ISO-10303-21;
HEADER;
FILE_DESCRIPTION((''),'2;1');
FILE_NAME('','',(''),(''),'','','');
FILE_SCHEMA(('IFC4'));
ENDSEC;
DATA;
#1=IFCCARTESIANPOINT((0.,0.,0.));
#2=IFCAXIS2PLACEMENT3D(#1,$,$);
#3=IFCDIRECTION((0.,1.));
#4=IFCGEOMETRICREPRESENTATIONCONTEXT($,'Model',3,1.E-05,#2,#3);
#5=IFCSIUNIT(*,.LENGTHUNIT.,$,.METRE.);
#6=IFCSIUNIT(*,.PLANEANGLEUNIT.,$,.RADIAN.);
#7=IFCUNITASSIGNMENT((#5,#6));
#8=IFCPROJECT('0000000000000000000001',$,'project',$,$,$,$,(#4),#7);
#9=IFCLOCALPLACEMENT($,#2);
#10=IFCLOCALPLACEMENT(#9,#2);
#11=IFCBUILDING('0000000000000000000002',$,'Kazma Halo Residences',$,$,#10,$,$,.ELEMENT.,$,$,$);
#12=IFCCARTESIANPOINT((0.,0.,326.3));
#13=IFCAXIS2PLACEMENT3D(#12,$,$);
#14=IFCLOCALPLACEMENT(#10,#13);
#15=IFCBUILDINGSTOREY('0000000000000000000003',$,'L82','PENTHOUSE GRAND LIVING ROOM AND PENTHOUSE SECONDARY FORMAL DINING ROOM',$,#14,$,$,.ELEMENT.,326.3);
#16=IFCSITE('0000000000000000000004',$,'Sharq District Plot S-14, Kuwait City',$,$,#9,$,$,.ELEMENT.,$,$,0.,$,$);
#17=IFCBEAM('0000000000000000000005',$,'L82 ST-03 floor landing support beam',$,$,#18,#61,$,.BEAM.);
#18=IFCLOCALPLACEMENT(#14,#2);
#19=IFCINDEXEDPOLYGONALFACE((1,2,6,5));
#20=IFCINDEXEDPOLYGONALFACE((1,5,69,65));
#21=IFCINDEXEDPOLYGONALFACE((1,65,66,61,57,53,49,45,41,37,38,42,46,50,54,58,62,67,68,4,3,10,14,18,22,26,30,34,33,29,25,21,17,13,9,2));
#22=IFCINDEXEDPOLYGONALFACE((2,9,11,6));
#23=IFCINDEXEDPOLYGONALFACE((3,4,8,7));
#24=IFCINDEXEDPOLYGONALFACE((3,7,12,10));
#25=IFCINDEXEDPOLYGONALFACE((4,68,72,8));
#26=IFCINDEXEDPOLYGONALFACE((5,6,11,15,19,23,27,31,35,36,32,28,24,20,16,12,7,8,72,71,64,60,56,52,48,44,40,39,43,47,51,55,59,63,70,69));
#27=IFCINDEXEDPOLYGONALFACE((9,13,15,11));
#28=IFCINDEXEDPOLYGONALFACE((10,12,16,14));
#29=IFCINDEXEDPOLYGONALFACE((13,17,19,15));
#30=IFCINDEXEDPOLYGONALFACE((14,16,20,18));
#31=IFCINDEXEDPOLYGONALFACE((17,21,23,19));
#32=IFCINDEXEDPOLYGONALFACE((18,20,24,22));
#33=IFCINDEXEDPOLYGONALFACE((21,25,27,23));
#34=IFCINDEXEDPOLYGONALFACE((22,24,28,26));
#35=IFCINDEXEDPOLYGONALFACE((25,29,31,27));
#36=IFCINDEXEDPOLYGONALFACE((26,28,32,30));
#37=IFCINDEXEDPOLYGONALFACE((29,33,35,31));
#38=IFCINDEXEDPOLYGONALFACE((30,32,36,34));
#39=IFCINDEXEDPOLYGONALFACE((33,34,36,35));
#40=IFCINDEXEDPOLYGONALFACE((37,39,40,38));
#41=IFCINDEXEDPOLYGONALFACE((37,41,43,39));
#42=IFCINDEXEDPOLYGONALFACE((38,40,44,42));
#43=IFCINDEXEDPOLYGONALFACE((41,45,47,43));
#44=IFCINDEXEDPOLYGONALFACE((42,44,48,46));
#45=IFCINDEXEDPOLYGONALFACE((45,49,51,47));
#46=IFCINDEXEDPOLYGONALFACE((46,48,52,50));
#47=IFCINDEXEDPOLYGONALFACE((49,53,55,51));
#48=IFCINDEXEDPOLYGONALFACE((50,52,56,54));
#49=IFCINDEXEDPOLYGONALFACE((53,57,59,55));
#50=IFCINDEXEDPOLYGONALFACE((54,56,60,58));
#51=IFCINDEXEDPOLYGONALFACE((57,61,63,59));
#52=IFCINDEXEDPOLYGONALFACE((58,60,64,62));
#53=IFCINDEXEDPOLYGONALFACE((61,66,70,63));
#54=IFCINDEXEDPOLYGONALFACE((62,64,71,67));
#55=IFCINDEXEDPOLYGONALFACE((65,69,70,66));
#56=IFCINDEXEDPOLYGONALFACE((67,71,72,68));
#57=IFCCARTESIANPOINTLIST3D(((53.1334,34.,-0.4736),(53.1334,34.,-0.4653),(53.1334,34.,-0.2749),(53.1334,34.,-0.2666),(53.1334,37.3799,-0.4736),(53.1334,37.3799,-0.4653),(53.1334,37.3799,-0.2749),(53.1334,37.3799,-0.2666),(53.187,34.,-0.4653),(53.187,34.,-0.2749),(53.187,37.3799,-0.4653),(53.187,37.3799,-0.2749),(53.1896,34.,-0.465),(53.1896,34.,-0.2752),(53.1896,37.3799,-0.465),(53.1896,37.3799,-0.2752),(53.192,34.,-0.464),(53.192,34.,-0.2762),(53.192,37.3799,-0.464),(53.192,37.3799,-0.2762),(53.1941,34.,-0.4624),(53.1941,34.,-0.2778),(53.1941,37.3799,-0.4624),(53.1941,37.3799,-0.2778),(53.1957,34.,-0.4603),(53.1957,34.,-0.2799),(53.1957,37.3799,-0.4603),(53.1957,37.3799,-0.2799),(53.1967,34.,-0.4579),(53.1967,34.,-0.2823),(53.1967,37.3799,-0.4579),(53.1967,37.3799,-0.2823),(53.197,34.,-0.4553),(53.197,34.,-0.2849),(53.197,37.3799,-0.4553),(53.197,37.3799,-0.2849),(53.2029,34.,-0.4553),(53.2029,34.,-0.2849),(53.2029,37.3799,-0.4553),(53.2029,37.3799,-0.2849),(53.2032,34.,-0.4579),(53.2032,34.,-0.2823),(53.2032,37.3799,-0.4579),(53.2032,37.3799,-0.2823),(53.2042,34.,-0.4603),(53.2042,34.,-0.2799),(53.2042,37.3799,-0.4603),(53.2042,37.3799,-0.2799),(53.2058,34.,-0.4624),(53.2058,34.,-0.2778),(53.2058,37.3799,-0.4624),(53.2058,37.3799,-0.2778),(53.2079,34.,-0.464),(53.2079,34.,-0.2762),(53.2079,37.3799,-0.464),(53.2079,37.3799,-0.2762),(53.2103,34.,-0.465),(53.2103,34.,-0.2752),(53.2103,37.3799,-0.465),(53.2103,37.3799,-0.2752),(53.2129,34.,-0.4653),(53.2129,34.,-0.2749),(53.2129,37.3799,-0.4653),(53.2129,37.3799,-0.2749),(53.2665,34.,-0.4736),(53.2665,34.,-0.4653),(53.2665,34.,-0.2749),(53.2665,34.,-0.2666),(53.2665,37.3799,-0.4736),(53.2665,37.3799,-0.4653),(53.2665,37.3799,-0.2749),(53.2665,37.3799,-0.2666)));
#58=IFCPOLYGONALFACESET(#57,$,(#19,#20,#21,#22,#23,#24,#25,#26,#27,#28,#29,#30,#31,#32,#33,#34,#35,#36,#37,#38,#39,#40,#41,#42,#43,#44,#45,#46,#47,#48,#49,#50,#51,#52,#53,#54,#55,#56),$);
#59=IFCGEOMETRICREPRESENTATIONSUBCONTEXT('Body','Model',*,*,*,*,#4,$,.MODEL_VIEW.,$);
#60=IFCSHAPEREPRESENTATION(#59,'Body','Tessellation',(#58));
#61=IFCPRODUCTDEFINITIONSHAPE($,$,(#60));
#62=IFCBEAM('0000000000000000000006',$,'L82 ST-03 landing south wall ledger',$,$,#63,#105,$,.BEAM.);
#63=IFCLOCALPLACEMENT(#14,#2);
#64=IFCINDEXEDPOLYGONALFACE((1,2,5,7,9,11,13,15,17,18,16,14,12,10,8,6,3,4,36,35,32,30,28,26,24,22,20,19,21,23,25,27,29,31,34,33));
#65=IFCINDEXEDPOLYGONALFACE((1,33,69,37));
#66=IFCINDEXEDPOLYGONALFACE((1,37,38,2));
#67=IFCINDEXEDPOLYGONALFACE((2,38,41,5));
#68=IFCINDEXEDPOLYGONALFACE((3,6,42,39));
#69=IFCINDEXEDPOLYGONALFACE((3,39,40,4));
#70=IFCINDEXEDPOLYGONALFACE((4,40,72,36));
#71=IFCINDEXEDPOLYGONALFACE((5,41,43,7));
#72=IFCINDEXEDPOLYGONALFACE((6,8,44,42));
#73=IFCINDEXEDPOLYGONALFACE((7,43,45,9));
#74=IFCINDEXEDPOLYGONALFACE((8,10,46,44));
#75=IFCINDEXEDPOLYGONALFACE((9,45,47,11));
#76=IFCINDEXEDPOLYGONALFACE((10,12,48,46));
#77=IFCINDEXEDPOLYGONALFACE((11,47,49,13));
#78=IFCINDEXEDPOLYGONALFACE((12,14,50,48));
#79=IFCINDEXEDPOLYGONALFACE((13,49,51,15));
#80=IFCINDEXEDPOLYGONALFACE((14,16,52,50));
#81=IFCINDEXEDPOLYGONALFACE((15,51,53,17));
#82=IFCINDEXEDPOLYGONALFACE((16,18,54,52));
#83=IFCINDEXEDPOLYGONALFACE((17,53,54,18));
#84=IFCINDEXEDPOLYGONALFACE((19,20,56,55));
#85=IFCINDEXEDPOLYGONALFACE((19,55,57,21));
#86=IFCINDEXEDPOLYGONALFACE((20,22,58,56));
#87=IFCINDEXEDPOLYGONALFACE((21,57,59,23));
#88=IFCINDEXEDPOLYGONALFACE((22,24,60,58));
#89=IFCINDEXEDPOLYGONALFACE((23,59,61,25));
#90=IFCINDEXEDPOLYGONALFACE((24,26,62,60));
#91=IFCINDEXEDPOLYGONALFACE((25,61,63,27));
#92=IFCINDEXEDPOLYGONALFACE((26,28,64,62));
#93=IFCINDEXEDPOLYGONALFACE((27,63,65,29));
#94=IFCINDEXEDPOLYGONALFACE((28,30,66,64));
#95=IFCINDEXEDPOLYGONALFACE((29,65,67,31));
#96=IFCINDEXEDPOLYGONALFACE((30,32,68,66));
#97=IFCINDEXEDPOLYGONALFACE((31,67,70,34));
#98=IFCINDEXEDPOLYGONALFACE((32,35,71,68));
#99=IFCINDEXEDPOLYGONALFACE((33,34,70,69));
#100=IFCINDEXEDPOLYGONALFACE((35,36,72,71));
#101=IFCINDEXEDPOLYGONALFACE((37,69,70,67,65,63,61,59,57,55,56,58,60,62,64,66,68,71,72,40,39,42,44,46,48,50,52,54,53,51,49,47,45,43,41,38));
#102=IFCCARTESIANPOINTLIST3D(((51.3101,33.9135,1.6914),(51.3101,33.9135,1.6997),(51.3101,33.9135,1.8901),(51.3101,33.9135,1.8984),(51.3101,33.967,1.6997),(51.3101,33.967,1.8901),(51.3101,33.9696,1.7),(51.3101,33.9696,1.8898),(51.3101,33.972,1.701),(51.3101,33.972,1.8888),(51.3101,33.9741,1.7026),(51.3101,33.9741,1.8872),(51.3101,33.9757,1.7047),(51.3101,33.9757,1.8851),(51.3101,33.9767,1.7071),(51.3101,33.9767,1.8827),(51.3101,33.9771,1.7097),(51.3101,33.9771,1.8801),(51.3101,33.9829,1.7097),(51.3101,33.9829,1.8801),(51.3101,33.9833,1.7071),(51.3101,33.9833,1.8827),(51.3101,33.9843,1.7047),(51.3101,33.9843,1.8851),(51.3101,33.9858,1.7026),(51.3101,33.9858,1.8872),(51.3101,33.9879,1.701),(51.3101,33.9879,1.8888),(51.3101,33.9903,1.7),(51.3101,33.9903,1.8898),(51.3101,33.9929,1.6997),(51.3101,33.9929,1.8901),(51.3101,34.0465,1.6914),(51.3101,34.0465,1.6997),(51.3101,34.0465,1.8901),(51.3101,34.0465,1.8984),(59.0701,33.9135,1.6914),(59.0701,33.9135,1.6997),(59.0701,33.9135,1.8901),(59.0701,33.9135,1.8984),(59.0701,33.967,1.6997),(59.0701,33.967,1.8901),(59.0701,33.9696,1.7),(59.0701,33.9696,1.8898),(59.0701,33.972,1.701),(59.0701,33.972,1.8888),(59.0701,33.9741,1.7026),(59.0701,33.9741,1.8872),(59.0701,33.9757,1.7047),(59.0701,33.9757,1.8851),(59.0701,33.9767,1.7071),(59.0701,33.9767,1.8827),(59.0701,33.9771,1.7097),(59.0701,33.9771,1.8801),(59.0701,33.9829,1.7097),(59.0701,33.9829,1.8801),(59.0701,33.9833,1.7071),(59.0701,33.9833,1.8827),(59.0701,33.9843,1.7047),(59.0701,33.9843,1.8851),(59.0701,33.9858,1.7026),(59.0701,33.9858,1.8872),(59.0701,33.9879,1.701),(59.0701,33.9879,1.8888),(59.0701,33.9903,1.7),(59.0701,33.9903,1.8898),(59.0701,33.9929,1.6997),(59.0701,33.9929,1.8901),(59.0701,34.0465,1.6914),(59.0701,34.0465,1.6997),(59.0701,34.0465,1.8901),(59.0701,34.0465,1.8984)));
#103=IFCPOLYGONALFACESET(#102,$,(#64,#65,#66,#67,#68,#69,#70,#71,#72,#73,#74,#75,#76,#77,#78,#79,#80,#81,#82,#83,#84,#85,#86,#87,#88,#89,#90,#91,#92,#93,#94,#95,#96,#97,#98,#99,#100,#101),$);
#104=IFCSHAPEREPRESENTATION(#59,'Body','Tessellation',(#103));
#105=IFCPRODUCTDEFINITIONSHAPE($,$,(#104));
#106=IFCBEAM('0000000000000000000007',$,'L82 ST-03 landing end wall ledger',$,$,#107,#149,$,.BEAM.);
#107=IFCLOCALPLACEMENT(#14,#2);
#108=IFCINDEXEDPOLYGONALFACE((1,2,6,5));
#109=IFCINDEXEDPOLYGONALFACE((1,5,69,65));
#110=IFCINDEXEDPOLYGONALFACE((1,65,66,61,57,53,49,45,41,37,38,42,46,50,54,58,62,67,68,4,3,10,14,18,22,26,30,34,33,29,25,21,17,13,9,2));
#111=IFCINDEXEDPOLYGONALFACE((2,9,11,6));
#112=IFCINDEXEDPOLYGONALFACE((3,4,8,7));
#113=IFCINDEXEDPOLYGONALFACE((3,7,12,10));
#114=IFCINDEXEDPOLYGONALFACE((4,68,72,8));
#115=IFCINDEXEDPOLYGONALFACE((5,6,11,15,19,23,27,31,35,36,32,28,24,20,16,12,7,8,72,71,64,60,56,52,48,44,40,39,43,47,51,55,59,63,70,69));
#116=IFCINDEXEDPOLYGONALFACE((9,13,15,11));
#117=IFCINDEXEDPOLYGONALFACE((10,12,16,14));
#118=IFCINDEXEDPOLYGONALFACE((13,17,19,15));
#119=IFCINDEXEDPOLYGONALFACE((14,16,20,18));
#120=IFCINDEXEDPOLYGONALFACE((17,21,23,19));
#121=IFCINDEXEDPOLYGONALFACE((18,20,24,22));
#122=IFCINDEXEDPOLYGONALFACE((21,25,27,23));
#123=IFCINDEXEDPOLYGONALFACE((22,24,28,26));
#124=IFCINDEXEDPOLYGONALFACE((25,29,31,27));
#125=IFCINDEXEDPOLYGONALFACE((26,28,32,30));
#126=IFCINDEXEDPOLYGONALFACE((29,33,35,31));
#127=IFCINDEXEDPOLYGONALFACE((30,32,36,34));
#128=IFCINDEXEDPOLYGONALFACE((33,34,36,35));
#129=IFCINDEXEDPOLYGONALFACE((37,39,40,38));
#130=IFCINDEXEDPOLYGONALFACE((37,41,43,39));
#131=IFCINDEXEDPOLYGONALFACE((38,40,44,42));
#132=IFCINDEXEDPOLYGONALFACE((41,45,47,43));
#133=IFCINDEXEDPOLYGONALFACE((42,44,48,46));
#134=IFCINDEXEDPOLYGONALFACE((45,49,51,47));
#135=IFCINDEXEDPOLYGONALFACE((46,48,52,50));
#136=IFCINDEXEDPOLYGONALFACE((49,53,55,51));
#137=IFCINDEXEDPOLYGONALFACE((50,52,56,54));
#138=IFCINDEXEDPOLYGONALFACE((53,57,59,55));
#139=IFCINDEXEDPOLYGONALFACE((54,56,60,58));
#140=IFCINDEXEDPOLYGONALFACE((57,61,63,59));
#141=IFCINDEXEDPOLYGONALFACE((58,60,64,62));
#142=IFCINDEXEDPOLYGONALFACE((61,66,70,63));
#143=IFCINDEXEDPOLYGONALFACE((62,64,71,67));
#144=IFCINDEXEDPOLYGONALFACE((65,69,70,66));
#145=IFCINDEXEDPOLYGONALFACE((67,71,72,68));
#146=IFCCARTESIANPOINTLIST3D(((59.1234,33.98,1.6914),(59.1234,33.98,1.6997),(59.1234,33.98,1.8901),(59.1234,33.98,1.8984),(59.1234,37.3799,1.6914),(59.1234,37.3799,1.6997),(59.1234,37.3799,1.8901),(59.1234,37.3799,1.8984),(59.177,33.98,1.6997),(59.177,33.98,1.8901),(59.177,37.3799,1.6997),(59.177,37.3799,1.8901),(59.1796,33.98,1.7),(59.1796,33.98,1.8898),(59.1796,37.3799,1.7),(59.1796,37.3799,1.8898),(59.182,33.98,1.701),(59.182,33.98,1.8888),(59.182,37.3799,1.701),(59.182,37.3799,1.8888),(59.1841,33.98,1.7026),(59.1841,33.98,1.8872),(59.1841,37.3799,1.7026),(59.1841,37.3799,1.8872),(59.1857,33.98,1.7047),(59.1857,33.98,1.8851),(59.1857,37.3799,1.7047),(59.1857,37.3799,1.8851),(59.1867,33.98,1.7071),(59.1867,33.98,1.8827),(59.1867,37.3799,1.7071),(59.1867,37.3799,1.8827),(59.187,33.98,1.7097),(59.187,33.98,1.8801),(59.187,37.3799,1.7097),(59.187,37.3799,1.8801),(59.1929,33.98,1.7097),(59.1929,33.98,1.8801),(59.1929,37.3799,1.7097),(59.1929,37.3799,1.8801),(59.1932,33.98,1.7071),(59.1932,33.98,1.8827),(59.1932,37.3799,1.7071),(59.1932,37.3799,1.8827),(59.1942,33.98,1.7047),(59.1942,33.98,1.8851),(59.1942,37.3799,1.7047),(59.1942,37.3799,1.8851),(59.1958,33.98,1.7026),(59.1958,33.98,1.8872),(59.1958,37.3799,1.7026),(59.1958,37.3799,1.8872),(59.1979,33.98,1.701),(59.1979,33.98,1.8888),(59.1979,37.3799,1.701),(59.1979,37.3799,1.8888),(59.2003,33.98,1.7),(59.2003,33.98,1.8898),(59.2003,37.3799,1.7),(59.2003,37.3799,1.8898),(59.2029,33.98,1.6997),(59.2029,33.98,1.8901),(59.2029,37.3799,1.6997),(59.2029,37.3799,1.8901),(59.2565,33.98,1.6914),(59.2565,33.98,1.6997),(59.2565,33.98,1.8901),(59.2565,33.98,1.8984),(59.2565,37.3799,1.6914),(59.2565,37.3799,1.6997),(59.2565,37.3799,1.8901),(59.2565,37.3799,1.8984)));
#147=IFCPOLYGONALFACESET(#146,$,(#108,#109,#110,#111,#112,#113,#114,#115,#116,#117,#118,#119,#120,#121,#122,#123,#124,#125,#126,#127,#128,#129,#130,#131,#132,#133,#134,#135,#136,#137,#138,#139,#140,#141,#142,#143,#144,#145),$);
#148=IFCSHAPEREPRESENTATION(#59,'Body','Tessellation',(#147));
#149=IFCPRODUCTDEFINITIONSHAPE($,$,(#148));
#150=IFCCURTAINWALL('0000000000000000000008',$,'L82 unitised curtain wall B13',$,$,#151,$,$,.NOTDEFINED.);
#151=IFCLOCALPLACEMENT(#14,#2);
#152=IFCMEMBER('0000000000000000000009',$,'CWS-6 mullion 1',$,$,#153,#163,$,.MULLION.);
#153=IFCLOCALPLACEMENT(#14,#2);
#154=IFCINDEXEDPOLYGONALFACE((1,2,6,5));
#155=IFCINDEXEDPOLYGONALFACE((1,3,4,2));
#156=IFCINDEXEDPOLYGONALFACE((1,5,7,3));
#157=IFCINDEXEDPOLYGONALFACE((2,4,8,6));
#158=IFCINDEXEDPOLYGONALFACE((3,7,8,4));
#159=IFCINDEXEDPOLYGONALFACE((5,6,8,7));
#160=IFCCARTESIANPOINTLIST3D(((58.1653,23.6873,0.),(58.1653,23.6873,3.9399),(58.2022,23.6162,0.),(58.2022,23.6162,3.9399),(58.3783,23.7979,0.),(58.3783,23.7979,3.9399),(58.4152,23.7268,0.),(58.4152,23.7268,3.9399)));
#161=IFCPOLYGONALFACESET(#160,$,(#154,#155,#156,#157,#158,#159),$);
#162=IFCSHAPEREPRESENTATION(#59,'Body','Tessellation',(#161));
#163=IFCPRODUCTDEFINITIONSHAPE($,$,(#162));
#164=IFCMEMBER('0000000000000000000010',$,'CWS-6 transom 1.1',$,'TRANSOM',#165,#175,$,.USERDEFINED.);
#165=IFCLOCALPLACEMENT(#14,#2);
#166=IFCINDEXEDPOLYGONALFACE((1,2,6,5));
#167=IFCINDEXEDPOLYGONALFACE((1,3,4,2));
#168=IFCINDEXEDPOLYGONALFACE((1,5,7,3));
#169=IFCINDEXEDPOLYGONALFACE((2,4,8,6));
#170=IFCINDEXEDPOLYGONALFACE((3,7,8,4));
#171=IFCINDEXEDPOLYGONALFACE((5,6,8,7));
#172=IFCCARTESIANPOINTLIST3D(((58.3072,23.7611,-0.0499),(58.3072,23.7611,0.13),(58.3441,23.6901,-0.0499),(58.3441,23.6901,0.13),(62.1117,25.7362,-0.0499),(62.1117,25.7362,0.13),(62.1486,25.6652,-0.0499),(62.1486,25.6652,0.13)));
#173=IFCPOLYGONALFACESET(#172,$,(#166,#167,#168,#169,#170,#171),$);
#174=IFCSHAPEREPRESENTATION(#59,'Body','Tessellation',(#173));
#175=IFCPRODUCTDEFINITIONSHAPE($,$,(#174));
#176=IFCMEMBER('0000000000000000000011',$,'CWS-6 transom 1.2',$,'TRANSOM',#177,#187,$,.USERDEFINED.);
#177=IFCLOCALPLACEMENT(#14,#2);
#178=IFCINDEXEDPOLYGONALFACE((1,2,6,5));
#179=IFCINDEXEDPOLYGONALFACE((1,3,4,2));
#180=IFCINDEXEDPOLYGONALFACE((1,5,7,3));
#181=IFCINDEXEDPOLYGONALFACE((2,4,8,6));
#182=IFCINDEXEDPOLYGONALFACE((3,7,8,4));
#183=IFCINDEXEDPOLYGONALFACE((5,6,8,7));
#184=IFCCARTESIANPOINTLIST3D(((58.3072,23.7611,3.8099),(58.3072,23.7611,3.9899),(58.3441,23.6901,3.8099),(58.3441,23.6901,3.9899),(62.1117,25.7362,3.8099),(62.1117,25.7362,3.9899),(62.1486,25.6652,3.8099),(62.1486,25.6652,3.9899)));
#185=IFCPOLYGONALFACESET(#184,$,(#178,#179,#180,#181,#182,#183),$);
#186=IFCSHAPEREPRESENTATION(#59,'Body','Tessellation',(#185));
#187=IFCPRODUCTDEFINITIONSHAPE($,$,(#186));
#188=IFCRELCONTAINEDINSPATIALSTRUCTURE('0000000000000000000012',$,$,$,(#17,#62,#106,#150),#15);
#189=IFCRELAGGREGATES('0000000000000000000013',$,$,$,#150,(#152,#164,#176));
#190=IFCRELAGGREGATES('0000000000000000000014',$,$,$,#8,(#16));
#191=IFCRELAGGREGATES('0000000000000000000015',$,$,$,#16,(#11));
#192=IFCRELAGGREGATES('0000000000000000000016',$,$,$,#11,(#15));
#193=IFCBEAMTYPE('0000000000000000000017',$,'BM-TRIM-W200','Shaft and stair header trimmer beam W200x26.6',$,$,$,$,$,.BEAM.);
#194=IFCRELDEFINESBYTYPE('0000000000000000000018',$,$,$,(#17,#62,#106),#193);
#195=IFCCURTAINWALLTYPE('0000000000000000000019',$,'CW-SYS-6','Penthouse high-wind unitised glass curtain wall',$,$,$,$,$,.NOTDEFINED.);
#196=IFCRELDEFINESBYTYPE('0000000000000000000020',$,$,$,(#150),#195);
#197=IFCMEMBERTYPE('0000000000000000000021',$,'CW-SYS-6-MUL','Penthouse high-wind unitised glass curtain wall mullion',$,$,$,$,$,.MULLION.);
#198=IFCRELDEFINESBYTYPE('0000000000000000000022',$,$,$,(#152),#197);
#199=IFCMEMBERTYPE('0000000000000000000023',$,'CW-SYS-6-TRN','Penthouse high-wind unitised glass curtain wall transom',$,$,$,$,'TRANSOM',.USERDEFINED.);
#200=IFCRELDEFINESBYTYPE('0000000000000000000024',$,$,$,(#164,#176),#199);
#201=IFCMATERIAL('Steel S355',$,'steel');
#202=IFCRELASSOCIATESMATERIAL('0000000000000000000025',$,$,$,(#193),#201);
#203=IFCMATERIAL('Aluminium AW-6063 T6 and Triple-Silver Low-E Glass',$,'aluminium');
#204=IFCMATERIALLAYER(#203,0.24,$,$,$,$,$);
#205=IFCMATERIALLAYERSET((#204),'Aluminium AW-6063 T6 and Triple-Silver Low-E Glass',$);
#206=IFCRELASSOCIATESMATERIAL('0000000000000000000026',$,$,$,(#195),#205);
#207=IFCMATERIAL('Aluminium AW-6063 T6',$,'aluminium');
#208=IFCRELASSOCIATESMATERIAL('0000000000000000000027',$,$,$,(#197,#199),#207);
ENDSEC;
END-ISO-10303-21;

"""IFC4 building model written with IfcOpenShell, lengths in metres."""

from ifc_helpers import new_model, si_unit, direction, frame, origin, origin_2d, place, context, subcontext, project, spatial, rectangle, i_section, extrude, material, layer, layer_set, material_profile, profile_set, type_object, element, aggregate, save


model = new_model("IFC4")

# Units and contexts
model_context = context("Model", 3, precision=1e-05, world=origin(), true_north=direction((0.0, 1.0)))
body_context = subcontext(model_context, "Body", "Model", "MODEL_VIEW")
ifc_project = project(units=[si_unit("LENGTHUNIT", "METRE"), si_unit("PLANEANGLEUNIT", "RADIAN")], contexts=[model_context])

# Site, building, storey
site_placement = place(None, origin())
site = spatial("IfcSite", under=ifc_project, at=site_placement, Name="Sharq District Plot S-14, Kuwait City", CompositionType="ELEMENT", RefElevation=0.0)
building_placement = place(site_placement, origin())
building = spatial("IfcBuilding", under=site, at=building_placement, Name="Kazma Halo Residences", CompositionType="ELEMENT")
storey_placement = place(building_placement, frame((0.0, 0.0, 326.3)))
storey = spatial("IfcBuildingStorey", under=building, at=storey_placement, Name="L82", Description="PENTHOUSE GRAND LIVING ROOM AND PENTHOUSE SECONDARY FORMAL DINING ROOM", CompositionType="ELEMENT", Elevation=326.3)

# Beams
ifc_material_1 = material(Name="Steel S355", Category="steel")
ifc_material_profile_1 = material_profile(ifc_material_1, i_section(OverallWidth=0.1331, OverallDepth=0.207, WebThickness=0.0059, FlangeThickness=0.0083, FilletRadius=0.01, at=origin_2d()), Name="W200x26.6")
ifc_profile_set_1 = profile_set([ifc_material_profile_1], Name="Steel S355")
beam_type_1 = type_object("IfcBeamType", Name="BM-TRIM-W200", Description="Shaft and stair header trimmer beam W200x26.6", PredefinedType="BEAM", material=ifc_profile_set_1)
beam_1_placement = place(storey_placement, frame((53.2, 34.0, -0.3701), z_axis=(0.0, 1.0, 0.0), x_axis=(-1.0, 0.0, 0.0)))
element("IfcBeam", 1, at=beam_1_placement, inside=storey, type_object=beam_type_1, Name="L82 ST-03 floor landing support beam", PredefinedType="BEAM", context=body_context, shape_type="SweptSolid", body=[
    extrude(i_section(OverallWidth=0.1331, OverallDepth=0.207, WebThickness=0.0059, FlangeThickness=0.0083, FilletRadius=0.01, at=origin_2d()), origin(), (0.0, 0.0, 1.0), 3.3799),
])
beam_2_placement = place(storey_placement, frame((51.3101, 33.98, 1.7949), z_axis=(1.0, 0.0, 0.0), x_axis=(0.0, 1.0, 0.0)))
element("IfcBeam", 2, at=beam_2_placement, inside=storey, type_object=beam_type_1, Name="L82 ST-03 landing south wall ledger", PredefinedType="BEAM", context=body_context, shape_type="SweptSolid", body=[
    extrude(i_section(OverallWidth=0.1331, OverallDepth=0.207, WebThickness=0.0059, FlangeThickness=0.0083, FilletRadius=0.01, at=origin_2d()), origin(), (0.0, 0.0, 1.0), 7.76),
])
beam_3_placement = place(storey_placement, frame((59.1899, 33.98, 1.7949), z_axis=(0.0, 1.0, 0.0), x_axis=(-1.0, 0.0, 0.0)))
element("IfcBeam", 3, at=beam_3_placement, inside=storey, type_object=beam_type_1, Name="L82 ST-03 landing end wall ledger", PredefinedType="BEAM", context=body_context, shape_type="SweptSolid", body=[
    extrude(i_section(OverallWidth=0.1331, OverallDepth=0.207, WebThickness=0.0059, FlangeThickness=0.0083, FilletRadius=0.01, at=origin_2d()), origin(), (0.0, 0.0, 1.0), 3.3999),
])

# Curtain wall, members
ifc_material_2 = material(Name="Aluminium AW-6063 T6 and Triple-Silver Low-E Glass", Category="aluminium")
ifc_layer_1 = layer(ifc_material_2, 0.24)
ifc_layer_set_1 = layer_set([ifc_layer_1], Name="Aluminium AW-6063 T6 and Triple-Silver Low-E Glass")
curtain_wall_type = type_object("IfcCurtainWallType", Name="CW-SYS-6", Description="Penthouse high-wind unitised glass curtain wall", PredefinedType="NOTDEFINED", material=ifc_layer_set_1)
curtain_wall_placement = place(storey_placement, origin())
curtain_wall = element("IfcCurtainWall", 4, at=curtain_wall_placement, inside=storey, type_object=curtain_wall_type, Name="L82 unitised curtain wall B13", PredefinedType="NOTDEFINED")
ifc_material_3 = material(Name="Aluminium AW-6063 T6", Category="aluminium")
ifc_material_profile_2 = material_profile(ifc_material_3, rectangle(XDim=0.0801, YDim=0.24, at=origin_2d()), Name="CWM-80x240")
ifc_profile_set_2 = profile_set([ifc_material_profile_2], Name="Aluminium AW-6063 T6")
member_type_1 = type_object("IfcMemberType", Name="CW-SYS-6-MUL", Description="Penthouse high-wind unitised glass curtain wall mullion", PredefinedType="MULLION", material=ifc_profile_set_2)
member_1_placement = place(storey_placement, frame((58.2903, 23.707, 0.0), z_axis=(0.0, 0.0, 1.0), x_axis=(-0.460796, 0.887506, 0.0)))
member_1 = element("IfcMember", 5, at=member_1_placement, type_object=member_type_1, Name="CWS-6 mullion 1", PredefinedType="MULLION", context=body_context, shape_type="SweptSolid", body=[
    extrude(rectangle(XDim=0.0801, YDim=0.24, at=origin_2d()), origin(), (0.0, 0.0, 1.0), 3.9399),
])
ifc_material_profile_3 = material_profile(ifc_material_3, rectangle(XDim=0.0801, YDim=0.1799, at=origin_2d()), Name="CWT-80x180")
ifc_profile_set_3 = profile_set([ifc_material_profile_3], Name="Aluminium AW-6063 T6")
member_type_2 = type_object("IfcMemberType", Name="CW-SYS-6-TRN", Description="Penthouse high-wind unitised glass curtain wall transom", ElementType="TRANSOM", PredefinedType="USERDEFINED", material=ifc_profile_set_3)
member_2_placement = place(storey_placement, frame((58.3257, 23.7256, 0.04), z_axis=(0.887523, 0.460763, 0.0), x_axis=(-0.460763, 0.887523, 0.0)))
member_2 = element("IfcMember", 6, at=member_2_placement, type_object=member_type_2, Name="CWS-6 transom 1.1", ObjectType="TRANSOM", PredefinedType="USERDEFINED", context=body_context, shape_type="SweptSolid", body=[
    extrude(rectangle(XDim=0.0801, YDim=0.1799, at=origin_2d()), origin(), (0.0, 0.0, 1.0), 4.2866),
])
member_3_placement = place(storey_placement, frame((58.3257, 23.7256, 3.8999), z_axis=(0.887523, 0.460763, 0.0), x_axis=(-0.460763, 0.887523, 0.0)))
member_3 = element("IfcMember", 7, at=member_3_placement, type_object=member_type_2, Name="CWS-6 transom 1.2", ObjectType="TRANSOM", PredefinedType="USERDEFINED", context=body_context, shape_type="SweptSolid", body=[
    extrude(rectangle(XDim=0.0801, YDim=0.1799, at=origin_2d()), origin(), (0.0, 0.0, 1.0), 4.2866),
])
aggregate(curtain_wall, [member_1, member_2, member_3])

save(model, "model.ifc")
